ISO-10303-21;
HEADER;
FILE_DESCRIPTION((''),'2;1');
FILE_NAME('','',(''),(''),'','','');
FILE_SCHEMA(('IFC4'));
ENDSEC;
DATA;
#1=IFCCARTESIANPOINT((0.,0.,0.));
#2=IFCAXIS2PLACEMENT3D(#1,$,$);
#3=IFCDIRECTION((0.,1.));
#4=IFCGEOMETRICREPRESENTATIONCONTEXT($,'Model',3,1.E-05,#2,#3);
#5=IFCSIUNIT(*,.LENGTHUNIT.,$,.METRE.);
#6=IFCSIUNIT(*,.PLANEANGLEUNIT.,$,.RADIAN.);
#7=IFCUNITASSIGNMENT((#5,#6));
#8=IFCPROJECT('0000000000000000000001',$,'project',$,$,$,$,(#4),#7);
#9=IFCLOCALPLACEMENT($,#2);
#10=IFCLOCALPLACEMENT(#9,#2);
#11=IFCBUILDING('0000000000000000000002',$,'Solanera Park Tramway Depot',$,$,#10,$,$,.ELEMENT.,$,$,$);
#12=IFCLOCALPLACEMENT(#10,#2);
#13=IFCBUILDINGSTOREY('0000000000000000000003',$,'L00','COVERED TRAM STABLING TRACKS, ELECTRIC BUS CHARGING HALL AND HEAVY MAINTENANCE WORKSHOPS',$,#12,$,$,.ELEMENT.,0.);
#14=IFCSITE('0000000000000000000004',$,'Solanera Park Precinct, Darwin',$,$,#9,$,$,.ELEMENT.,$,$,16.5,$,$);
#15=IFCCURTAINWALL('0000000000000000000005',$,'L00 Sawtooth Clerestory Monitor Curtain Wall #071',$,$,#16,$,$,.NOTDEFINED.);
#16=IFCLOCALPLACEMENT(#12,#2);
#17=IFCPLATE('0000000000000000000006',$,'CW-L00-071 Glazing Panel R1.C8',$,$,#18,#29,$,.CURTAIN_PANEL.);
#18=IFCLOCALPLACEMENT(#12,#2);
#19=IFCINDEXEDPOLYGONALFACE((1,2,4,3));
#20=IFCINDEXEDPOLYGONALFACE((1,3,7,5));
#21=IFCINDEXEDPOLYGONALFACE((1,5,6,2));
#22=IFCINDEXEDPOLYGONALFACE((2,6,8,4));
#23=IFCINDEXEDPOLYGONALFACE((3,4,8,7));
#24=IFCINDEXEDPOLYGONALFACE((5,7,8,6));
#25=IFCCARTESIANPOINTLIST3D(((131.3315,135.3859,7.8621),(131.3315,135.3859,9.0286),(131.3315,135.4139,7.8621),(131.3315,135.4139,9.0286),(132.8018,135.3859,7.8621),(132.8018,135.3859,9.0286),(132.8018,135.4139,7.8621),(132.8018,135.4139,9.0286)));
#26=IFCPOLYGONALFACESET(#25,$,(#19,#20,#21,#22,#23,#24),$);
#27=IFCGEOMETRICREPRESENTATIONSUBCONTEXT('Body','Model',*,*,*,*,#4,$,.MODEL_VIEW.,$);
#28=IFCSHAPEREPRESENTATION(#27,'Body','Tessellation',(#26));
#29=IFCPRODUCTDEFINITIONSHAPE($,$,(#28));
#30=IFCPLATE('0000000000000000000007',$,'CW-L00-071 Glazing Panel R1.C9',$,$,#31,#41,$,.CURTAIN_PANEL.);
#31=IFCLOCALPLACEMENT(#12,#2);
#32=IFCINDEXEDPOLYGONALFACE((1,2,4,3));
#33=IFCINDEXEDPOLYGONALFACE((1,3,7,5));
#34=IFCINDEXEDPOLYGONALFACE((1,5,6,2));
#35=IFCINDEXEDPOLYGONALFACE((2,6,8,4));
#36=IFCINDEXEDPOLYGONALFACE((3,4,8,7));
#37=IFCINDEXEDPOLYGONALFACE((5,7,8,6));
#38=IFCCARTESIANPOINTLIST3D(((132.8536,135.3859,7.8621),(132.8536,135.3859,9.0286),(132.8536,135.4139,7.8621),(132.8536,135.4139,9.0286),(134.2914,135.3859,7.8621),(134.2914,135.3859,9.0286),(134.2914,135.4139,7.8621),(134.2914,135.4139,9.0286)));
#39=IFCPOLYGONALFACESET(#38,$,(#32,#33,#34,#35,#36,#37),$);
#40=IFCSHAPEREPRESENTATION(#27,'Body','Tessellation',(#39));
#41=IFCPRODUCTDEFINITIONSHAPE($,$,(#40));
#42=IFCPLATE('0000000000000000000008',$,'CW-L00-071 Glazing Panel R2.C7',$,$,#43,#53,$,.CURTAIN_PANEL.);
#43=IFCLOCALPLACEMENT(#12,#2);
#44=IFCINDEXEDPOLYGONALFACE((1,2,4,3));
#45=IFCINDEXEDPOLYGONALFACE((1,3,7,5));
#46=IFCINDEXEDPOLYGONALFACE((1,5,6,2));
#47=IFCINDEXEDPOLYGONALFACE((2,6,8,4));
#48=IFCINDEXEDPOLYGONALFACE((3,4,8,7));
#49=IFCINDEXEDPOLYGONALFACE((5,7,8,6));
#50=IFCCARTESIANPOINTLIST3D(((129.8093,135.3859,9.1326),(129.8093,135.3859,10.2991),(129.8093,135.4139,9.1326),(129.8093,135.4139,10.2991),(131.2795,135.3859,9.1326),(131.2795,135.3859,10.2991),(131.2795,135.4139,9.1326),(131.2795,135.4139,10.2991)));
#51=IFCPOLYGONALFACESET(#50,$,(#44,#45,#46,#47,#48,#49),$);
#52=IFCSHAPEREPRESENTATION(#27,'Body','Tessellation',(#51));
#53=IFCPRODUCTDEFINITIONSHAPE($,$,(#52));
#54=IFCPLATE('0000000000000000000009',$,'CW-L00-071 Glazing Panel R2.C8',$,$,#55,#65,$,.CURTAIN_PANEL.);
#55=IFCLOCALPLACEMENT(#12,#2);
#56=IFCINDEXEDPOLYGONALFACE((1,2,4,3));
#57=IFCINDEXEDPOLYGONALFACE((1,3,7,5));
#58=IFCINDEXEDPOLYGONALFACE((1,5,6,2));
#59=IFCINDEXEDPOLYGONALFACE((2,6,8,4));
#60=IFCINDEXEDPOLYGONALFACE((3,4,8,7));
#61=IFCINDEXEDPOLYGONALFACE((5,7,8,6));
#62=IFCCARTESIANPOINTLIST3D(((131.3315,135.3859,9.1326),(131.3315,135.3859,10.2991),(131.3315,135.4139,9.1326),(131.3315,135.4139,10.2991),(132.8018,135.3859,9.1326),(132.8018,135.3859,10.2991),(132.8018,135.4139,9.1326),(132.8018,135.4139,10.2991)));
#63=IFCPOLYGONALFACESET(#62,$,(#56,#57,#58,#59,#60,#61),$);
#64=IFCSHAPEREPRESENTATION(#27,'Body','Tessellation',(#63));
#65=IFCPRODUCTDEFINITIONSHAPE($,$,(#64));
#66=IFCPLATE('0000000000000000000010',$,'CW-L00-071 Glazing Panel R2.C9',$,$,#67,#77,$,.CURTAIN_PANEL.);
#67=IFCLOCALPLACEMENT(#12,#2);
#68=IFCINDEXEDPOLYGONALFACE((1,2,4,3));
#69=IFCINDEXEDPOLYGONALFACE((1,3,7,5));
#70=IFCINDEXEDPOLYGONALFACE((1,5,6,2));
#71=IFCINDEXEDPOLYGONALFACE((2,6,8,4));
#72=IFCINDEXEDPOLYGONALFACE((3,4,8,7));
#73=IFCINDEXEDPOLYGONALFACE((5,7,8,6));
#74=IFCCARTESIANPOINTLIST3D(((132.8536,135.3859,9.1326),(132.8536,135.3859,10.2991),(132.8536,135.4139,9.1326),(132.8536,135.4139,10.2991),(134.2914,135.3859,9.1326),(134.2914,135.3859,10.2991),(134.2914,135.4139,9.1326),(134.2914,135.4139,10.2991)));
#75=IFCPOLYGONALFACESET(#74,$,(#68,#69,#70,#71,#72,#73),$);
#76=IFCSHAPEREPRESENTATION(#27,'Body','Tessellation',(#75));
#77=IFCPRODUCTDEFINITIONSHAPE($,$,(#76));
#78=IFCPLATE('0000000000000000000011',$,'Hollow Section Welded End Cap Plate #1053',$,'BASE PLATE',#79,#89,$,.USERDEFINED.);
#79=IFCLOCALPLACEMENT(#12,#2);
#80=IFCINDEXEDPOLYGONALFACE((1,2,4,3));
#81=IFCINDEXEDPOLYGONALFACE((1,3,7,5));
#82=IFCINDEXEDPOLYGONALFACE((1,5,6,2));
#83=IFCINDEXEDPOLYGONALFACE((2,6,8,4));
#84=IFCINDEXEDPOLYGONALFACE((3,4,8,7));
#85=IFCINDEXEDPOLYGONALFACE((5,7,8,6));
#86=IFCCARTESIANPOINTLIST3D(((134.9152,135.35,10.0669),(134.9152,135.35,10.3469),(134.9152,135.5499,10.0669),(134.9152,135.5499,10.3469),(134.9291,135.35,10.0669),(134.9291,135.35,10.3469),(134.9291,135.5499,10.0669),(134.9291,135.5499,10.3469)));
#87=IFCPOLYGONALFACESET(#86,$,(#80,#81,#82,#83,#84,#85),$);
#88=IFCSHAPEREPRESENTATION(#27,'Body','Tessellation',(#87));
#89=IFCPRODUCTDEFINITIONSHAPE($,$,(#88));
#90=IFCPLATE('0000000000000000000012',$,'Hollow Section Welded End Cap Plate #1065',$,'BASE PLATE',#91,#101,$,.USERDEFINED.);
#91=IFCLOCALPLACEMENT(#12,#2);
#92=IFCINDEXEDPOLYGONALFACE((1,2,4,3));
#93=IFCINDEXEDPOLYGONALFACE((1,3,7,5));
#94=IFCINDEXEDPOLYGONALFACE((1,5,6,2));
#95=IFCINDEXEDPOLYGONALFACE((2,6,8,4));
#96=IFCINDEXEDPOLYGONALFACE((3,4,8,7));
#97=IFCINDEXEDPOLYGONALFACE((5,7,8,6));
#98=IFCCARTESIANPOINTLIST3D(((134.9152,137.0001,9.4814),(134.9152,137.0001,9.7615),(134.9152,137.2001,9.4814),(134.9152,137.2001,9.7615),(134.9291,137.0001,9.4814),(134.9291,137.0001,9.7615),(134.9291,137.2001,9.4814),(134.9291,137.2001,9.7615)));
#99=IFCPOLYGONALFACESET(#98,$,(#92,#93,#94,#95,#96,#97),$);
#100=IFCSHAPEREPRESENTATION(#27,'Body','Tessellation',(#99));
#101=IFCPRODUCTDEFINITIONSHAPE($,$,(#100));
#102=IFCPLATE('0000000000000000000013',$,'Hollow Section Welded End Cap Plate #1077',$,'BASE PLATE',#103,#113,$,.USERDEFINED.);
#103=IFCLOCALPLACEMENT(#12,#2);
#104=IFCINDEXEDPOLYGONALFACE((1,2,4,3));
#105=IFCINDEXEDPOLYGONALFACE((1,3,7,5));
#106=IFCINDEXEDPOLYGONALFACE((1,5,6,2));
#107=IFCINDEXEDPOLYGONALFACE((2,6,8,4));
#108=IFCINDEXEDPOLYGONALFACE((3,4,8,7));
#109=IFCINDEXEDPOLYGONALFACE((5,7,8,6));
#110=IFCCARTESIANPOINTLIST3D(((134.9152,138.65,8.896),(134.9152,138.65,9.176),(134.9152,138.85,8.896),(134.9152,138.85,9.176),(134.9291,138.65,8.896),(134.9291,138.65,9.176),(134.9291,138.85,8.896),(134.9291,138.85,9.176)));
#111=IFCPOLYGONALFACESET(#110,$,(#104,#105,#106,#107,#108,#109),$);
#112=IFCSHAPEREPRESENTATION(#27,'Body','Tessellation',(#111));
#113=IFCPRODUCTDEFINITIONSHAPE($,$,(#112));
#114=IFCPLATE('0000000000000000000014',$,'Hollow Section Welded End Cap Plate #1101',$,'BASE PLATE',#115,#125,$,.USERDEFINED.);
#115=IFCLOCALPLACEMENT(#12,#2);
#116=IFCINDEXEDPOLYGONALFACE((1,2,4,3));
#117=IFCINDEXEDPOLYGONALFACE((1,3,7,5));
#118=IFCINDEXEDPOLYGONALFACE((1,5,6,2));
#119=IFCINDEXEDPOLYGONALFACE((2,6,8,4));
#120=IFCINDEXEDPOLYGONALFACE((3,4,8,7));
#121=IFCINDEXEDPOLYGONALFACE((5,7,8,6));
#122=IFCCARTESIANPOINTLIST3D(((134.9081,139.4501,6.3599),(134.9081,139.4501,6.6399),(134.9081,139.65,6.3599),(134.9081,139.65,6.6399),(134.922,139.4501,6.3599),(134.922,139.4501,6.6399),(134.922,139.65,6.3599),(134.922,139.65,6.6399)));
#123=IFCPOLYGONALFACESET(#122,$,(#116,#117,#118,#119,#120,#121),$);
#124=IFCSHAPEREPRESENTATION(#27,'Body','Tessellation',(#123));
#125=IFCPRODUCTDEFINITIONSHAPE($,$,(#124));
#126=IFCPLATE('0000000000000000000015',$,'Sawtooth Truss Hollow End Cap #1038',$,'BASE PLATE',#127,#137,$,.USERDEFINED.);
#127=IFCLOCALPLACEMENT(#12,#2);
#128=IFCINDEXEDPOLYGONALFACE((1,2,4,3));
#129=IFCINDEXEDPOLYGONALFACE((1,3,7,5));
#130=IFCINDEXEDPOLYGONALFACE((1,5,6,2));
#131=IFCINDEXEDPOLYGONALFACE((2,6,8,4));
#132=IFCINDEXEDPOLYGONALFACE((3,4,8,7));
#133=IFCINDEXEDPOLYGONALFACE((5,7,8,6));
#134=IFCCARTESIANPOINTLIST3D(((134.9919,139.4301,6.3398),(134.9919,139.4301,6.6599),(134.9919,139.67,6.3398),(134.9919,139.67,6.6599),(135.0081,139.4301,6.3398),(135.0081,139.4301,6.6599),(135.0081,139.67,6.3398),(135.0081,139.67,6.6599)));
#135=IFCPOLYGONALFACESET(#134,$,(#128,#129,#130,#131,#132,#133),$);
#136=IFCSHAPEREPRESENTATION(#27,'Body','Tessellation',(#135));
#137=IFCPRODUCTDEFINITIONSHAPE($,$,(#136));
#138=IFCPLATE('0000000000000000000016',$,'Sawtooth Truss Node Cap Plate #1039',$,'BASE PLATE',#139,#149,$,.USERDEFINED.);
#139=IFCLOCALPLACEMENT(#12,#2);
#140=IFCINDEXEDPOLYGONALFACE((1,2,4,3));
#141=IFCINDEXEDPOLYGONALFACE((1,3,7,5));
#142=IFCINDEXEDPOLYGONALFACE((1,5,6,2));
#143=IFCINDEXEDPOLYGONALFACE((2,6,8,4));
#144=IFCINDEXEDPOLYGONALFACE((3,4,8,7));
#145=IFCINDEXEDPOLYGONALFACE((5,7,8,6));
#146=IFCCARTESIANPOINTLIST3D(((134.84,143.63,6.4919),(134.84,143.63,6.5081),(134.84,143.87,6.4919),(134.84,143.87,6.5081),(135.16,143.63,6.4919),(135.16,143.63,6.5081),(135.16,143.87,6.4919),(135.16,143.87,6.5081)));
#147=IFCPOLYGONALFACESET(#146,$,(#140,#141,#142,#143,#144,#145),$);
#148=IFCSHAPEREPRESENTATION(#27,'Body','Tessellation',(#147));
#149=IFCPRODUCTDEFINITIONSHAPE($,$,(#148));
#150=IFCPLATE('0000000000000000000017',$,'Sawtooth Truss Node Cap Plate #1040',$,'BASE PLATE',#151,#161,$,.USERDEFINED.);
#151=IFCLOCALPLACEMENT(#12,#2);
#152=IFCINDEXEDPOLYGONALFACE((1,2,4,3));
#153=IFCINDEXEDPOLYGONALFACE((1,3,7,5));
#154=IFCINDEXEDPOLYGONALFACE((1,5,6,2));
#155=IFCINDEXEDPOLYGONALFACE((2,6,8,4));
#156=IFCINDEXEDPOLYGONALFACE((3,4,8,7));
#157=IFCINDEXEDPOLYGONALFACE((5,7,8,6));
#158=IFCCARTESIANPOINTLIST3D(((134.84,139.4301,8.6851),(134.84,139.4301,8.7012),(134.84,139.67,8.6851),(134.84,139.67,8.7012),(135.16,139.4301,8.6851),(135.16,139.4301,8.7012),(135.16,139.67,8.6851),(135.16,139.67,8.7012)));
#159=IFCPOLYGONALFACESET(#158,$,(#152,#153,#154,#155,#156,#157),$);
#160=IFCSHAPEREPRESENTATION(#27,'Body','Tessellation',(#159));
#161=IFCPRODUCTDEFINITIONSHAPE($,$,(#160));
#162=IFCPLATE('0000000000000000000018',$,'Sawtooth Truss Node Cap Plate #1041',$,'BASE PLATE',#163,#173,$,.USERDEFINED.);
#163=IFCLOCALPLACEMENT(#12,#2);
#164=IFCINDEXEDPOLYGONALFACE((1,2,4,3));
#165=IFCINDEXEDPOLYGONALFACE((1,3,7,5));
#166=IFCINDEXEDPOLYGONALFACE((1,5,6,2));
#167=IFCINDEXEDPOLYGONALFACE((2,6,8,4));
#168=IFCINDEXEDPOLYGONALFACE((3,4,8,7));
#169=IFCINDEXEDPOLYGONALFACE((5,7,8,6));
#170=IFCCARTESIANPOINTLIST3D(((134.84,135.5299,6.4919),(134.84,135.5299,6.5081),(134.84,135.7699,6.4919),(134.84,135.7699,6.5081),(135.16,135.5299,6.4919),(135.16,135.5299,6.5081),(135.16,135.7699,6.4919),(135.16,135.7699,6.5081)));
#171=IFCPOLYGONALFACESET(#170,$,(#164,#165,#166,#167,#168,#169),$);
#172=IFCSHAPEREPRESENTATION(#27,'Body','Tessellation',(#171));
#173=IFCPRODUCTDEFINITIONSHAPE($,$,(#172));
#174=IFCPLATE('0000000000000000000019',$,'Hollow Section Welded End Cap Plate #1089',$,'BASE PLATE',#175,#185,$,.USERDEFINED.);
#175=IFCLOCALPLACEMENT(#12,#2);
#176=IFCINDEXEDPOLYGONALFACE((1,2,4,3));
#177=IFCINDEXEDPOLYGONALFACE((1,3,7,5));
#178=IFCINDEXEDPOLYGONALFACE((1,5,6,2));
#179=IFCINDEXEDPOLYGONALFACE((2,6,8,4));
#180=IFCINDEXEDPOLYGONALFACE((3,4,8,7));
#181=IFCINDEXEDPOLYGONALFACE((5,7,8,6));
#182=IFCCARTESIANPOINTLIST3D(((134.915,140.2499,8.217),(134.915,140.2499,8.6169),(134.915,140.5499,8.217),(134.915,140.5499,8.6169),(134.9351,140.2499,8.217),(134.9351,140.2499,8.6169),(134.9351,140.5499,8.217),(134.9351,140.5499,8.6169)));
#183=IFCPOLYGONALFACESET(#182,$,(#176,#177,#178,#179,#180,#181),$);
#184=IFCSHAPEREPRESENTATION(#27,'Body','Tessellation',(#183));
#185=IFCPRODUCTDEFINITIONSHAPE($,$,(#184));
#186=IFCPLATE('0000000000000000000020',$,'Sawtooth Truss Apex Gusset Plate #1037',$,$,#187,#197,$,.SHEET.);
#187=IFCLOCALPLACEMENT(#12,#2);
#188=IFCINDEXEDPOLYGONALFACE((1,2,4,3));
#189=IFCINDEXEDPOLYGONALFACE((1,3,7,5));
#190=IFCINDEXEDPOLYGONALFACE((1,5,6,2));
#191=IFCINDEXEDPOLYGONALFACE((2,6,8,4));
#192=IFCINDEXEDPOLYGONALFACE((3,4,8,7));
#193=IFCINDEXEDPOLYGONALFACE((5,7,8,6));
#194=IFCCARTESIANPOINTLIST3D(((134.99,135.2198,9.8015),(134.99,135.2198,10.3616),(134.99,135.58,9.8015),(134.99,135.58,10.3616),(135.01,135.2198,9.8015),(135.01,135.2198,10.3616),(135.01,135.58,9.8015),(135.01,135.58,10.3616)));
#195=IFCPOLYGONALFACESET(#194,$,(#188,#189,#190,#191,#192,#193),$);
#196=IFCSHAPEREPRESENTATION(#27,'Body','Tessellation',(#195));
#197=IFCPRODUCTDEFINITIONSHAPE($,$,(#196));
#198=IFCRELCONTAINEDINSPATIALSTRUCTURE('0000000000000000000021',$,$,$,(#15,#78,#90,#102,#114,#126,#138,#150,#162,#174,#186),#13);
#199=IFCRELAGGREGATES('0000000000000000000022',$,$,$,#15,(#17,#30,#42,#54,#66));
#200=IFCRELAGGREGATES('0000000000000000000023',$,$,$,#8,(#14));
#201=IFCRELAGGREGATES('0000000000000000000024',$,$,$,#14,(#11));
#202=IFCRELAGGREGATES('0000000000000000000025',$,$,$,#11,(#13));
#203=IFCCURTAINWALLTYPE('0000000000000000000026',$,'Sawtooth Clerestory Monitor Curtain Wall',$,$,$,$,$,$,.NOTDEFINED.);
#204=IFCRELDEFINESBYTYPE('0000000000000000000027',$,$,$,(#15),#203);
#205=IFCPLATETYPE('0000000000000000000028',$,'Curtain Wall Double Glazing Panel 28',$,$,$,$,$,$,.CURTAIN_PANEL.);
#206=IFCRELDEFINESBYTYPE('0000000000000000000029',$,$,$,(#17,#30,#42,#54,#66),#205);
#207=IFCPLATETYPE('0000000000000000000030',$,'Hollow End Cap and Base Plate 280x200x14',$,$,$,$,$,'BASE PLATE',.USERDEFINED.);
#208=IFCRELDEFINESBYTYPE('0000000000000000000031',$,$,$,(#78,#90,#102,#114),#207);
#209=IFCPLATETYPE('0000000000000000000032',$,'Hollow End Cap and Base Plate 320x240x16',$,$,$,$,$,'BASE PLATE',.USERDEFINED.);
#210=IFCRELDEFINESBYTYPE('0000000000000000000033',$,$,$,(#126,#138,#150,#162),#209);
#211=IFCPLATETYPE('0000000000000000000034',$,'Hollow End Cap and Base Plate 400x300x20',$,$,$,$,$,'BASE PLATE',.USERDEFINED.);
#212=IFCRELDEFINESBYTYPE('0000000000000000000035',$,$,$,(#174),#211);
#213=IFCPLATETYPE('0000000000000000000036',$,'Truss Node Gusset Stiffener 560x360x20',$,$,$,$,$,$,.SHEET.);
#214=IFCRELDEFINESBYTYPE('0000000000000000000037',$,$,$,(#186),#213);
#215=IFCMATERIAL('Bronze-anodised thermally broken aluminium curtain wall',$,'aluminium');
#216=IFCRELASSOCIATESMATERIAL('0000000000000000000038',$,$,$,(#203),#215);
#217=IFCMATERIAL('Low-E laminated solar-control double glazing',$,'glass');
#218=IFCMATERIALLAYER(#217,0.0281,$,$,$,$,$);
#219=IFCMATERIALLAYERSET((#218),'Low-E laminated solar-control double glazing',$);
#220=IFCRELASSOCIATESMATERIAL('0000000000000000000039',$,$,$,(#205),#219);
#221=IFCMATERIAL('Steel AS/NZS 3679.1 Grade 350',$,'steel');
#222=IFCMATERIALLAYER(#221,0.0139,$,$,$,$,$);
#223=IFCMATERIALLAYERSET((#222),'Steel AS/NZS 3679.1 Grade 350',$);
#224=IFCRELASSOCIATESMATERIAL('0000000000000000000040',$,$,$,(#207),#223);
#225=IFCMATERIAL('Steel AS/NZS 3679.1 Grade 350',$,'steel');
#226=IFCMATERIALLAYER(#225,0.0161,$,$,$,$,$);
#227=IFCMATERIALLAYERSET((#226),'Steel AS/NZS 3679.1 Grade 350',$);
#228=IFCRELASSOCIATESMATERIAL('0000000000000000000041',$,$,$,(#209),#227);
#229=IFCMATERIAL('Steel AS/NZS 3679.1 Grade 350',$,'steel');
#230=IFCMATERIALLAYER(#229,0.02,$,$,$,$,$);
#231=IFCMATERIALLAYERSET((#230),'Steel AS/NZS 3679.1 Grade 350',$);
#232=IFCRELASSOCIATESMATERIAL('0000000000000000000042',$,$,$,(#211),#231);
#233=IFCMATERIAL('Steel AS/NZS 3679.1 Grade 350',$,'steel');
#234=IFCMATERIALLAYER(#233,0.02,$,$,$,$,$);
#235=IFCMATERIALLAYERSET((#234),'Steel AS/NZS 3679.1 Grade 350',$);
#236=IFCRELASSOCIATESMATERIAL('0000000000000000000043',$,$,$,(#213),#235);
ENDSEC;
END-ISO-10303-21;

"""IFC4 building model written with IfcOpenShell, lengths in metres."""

from ifc_helpers import new_model, si_unit, direction, frame, origin, origin_2d, place, context, subcontext, project, spatial, rectangle, extrude, material, layer, layer_set, type_object, element, aggregate, save


model = new_model("IFC4")

# Units and contexts
model_context = context("Model", 3, precision=1e-05, world=origin(), true_north=direction((0.0, 1.0)))
body_context = subcontext(model_context, "Body", "Model", "MODEL_VIEW")
ifc_project = project(units=[si_unit("LENGTHUNIT", "METRE"), si_unit("PLANEANGLEUNIT", "RADIAN")], contexts=[model_context])

# Site, building, storey
site_placement = place(None, origin())
site = spatial("IfcSite", under=ifc_project, at=site_placement, Name="Solanera Park Precinct, Darwin", CompositionType="ELEMENT", RefElevation=16.5)
building_placement = place(site_placement, origin())
building = spatial("IfcBuilding", under=site, at=building_placement, Name="Solanera Park Tramway Depot", CompositionType="ELEMENT")
storey_placement = place(building_placement, origin())
storey = spatial("IfcBuildingStorey", under=building, at=storey_placement, Name="L00", Description="COVERED TRAM STABLING TRACKS, ELECTRIC BUS CHARGING HALL AND HEAVY MAINTENANCE WORKSHOPS", CompositionType="ELEMENT", Elevation=0.0)

# Curtain wall
ifc_material_1 = material(Name="Bronze-anodised thermally broken aluminium curtain wall", Category="aluminium")
curtain_wall_type = type_object("IfcCurtainWallType", Name="Sawtooth Clerestory Monitor Curtain Wall", PredefinedType="NOTDEFINED", material=ifc_material_1)
curtain_wall_placement = place(storey_placement, origin())
curtain_wall = element("IfcCurtainWall", 1, at=curtain_wall_placement, inside=storey, type_object=curtain_wall_type, Name="L00 Sawtooth Clerestory Monitor Curtain Wall #071", PredefinedType="NOTDEFINED")

# Plates
ifc_material_2 = material(Name="Low-E laminated solar-control double glazing", Category="glass")
ifc_layer_1 = layer(ifc_material_2, 0.0281)
ifc_layer_set_1 = layer_set([ifc_layer_1], Name="Low-E laminated solar-control double glazing")
plate_type_1 = type_object("IfcPlateType", Name="Curtain Wall Double Glazing Panel 28", PredefinedType="CURTAIN_PANEL", material=ifc_layer_set_1)
plate_1_placement = place(storey_placement, frame((132.0667, 135.3999, 7.8621), z_axis=(0.0, 0.0, 1.0), x_axis=(1.0, 0.0, 0.0)))
plate_1 = element("IfcPlate", 2, at=plate_1_placement, type_object=plate_type_1, Name="CW-L00-071 Glazing Panel R1.C8", PredefinedType="CURTAIN_PANEL", context=body_context, shape_type="SweptSolid", body=[
    extrude(rectangle(XDim=1.4702, YDim=0.0281, at=origin_2d()), origin(), (0.0, 0.0, 1.0), 1.1665),
])
plate_2_placement = place(storey_placement, frame((133.5725, 135.3999, 7.8621), z_axis=(0.0, 0.0, 1.0), x_axis=(1.0, 0.0, 0.0)))
plate_2 = element("IfcPlate", 3, at=plate_2_placement, type_object=plate_type_1, Name="CW-L00-071 Glazing Panel R1.C9", PredefinedType="CURTAIN_PANEL", context=body_context, shape_type="SweptSolid", body=[
    extrude(rectangle(XDim=1.4377, YDim=0.0281, at=origin_2d()), origin(), (0.0, 0.0, 1.0), 1.1665),
])
plate_3_placement = place(storey_placement, frame((130.5444, 135.3999, 9.1326), z_axis=(0.0, 0.0, 1.0), x_axis=(1.0, 0.0, 0.0)))
plate_3 = element("IfcPlate", 4, at=plate_3_placement, type_object=plate_type_1, Name="CW-L00-071 Glazing Panel R2.C7", PredefinedType="CURTAIN_PANEL", context=body_context, shape_type="SweptSolid", body=[
    extrude(rectangle(XDim=1.4702, YDim=0.0281, at=origin_2d()), origin(), (0.0, 0.0, 1.0), 1.1665),
])
plate_4_placement = place(storey_placement, frame((132.0667, 135.3999, 9.1326), z_axis=(0.0, 0.0, 1.0), x_axis=(1.0, 0.0, 0.0)))
plate_4 = element("IfcPlate", 5, at=plate_4_placement, type_object=plate_type_1, Name="CW-L00-071 Glazing Panel R2.C8", PredefinedType="CURTAIN_PANEL", context=body_context, shape_type="SweptSolid", body=[
    extrude(rectangle(XDim=1.4702, YDim=0.0281, at=origin_2d()), origin(), (0.0, 0.0, 1.0), 1.1665),
])
plate_5_placement = place(storey_placement, frame((133.5725, 135.3999, 9.1326), z_axis=(0.0, 0.0, 1.0), x_axis=(1.0, 0.0, 0.0)))
plate_5 = element("IfcPlate", 6, at=plate_5_placement, type_object=plate_type_1, Name="CW-L00-071 Glazing Panel R2.C9", PredefinedType="CURTAIN_PANEL", context=body_context, shape_type="SweptSolid", body=[
    extrude(rectangle(XDim=1.4377, YDim=0.0281, at=origin_2d()), origin(), (0.0, 0.0, 1.0), 1.1665),
])
aggregate(curtain_wall, [plate_1, plate_2, plate_3, plate_4, plate_5])

# Plates
ifc_material_3 = material(Name="Steel AS/NZS 3679.1 Grade 350", Category="steel")
ifc_layer_2 = layer(ifc_material_3, 0.0139)
ifc_layer_set_2 = layer_set([ifc_layer_2], Name="Steel AS/NZS 3679.1 Grade 350")
plate_type_2 = type_object("IfcPlateType", Name="Hollow End Cap and Base Plate 280x200x14", ElementType="BASE PLATE", PredefinedType="USERDEFINED", material=ifc_layer_set_2)
for number, where, z_axis, x_axis, name in (
    (7, (134.9221, 135.45, 10.0669), (0.0, 0.0, 1.0), (1.0, 0.0, 0.0), "Hollow Section Welded End Cap Plate #1053"),
    (8, (134.9221, 137.1001, 9.4814), (0.0, 0.0, 1.0), (1.0, 0.0, 0.0), "Hollow Section Welded End Cap Plate #1065"),
    (9, (134.9221, 138.75, 8.896), (0.0, 0.0, 1.0), (1.0, 0.0, 0.0), "Hollow Section Welded End Cap Plate #1077"),
    (10, (134.915, 139.55, 6.3599), (0.0, 0.0, 1.0), (1.0, 0.0, 0.0), "Hollow Section Welded End Cap Plate #1101"),
):
    element("IfcPlate", number, at=place(storey_placement, frame(where, z_axis=z_axis, x_axis=x_axis)), inside=storey, type_object=plate_type_2, Name=name, ObjectType="BASE PLATE", PredefinedType="USERDEFINED", context=body_context, shape_type="SweptSolid", body=[
        extrude(rectangle(XDim=0.0139, YDim=0.2, at=origin_2d()), origin(), (0.0, 0.0, 1.0), 0.28),
    ])
ifc_material_4 = material(Name="Steel AS/NZS 3679.1 Grade 350", Category="steel")
ifc_layer_3 = layer(ifc_material_4, 0.0161)
ifc_layer_set_3 = layer_set([ifc_layer_3], Name="Steel AS/NZS 3679.1 Grade 350")
plate_type_3 = type_object("IfcPlateType", Name="Hollow End Cap and Base Plate 320x240x16", ElementType="BASE PLATE", PredefinedType="USERDEFINED", material=ifc_layer_set_3)
plate_6_placement = place(storey_placement, frame((135.0, 139.55, 6.3398), z_axis=(0.0, 0.0, 1.0), x_axis=(1.0, 0.0, 0.0)))
element("IfcPlate", 11, at=plate_6_placement, inside=storey, type_object=plate_type_3, Name="Sawtooth Truss Hollow End Cap #1038", ObjectType="BASE PLATE", PredefinedType="USERDEFINED", context=body_context, shape_type="SweptSolid", body=[
    extrude(rectangle(XDim=0.0161, YDim=0.24, at=origin_2d()), origin(), (0.0, 0.0, 1.0), 0.3201),
])
for number, where, z_axis, x_axis, name in (
    (12, (135.0, 143.75, 6.4919), (0.0, 0.0, 1.0), (1.0, 0.0, 0.0), "Sawtooth Truss Node Cap Plate #1039"),
    (13, (135.0, 139.55, 8.6851), (0.0, 0.0, 1.0), (1.0, 0.0, 0.0), "Sawtooth Truss Node Cap Plate #1040"),
    (14, (135.0, 135.6499, 6.4919), (0.0, 0.0, 1.0), (1.0, 0.0, 0.0), "Sawtooth Truss Node Cap Plate #1041"),
):
    element("IfcPlate", number, at=place(storey_placement, frame(where, z_axis=z_axis, x_axis=x_axis)), inside=storey, type_object=plate_type_3, Name=name, ObjectType="BASE PLATE", PredefinedType="USERDEFINED", context=body_context, shape_type="SweptSolid", body=[
        extrude(rectangle(XDim=0.3201, YDim=0.24, at=origin_2d()), origin(), (0.0, 0.0, 1.0), 0.0161),
    ])
ifc_material_5 = material(Name="Steel AS/NZS 3679.1 Grade 350", Category="steel")
ifc_layer_4 = layer(ifc_material_5, 0.02)
ifc_layer_set_4 = layer_set([ifc_layer_4], Name="Steel AS/NZS 3679.1 Grade 350")
plate_type_4 = type_object("IfcPlateType", Name="Hollow End Cap and Base Plate 400x300x20", ElementType="BASE PLATE", PredefinedType="USERDEFINED", material=ifc_layer_set_4)
plate_7_placement = place(storey_placement, frame((134.925, 140.3999, 8.217), z_axis=(0.0, 0.0, 1.0), x_axis=(1.0, 0.0, 0.0)))
element("IfcPlate", 15, at=plate_7_placement, inside=storey, type_object=plate_type_4, Name="Hollow Section Welded End Cap Plate #1089", ObjectType="BASE PLATE", PredefinedType="USERDEFINED", context=body_context, shape_type="SweptSolid", body=[
    extrude(rectangle(XDim=0.02, YDim=0.3, at=origin_2d()), origin(), (0.0, 0.0, 1.0), 0.3999),
])
ifc_material_6 = material(Name="Steel AS/NZS 3679.1 Grade 350", Category="steel")
ifc_layer_5 = layer(ifc_material_6, 0.02)
ifc_layer_set_5 = layer_set([ifc_layer_5], Name="Steel AS/NZS 3679.1 Grade 350")
plate_type_5 = type_object("IfcPlateType", Name="Truss Node Gusset Stiffener 560x360x20", PredefinedType="SHEET", material=ifc_layer_set_5)
plate_8_placement = place(storey_placement, frame((135.0, 135.3999, 9.8015), z_axis=(0.0, 0.0, 1.0), x_axis=(1.0, 0.0, 0.0)))
element("IfcPlate", 16, at=plate_8_placement, inside=storey, type_object=plate_type_5, Name="Sawtooth Truss Apex Gusset Plate #1037", PredefinedType="SHEET", context=body_context, shape_type="SweptSolid", body=[
    extrude(rectangle(XDim=0.02, YDim=0.3601, at=origin_2d()), origin(), (0.0, 0.0, 1.0), 0.5601),
])

save(model, "model.ifc")
